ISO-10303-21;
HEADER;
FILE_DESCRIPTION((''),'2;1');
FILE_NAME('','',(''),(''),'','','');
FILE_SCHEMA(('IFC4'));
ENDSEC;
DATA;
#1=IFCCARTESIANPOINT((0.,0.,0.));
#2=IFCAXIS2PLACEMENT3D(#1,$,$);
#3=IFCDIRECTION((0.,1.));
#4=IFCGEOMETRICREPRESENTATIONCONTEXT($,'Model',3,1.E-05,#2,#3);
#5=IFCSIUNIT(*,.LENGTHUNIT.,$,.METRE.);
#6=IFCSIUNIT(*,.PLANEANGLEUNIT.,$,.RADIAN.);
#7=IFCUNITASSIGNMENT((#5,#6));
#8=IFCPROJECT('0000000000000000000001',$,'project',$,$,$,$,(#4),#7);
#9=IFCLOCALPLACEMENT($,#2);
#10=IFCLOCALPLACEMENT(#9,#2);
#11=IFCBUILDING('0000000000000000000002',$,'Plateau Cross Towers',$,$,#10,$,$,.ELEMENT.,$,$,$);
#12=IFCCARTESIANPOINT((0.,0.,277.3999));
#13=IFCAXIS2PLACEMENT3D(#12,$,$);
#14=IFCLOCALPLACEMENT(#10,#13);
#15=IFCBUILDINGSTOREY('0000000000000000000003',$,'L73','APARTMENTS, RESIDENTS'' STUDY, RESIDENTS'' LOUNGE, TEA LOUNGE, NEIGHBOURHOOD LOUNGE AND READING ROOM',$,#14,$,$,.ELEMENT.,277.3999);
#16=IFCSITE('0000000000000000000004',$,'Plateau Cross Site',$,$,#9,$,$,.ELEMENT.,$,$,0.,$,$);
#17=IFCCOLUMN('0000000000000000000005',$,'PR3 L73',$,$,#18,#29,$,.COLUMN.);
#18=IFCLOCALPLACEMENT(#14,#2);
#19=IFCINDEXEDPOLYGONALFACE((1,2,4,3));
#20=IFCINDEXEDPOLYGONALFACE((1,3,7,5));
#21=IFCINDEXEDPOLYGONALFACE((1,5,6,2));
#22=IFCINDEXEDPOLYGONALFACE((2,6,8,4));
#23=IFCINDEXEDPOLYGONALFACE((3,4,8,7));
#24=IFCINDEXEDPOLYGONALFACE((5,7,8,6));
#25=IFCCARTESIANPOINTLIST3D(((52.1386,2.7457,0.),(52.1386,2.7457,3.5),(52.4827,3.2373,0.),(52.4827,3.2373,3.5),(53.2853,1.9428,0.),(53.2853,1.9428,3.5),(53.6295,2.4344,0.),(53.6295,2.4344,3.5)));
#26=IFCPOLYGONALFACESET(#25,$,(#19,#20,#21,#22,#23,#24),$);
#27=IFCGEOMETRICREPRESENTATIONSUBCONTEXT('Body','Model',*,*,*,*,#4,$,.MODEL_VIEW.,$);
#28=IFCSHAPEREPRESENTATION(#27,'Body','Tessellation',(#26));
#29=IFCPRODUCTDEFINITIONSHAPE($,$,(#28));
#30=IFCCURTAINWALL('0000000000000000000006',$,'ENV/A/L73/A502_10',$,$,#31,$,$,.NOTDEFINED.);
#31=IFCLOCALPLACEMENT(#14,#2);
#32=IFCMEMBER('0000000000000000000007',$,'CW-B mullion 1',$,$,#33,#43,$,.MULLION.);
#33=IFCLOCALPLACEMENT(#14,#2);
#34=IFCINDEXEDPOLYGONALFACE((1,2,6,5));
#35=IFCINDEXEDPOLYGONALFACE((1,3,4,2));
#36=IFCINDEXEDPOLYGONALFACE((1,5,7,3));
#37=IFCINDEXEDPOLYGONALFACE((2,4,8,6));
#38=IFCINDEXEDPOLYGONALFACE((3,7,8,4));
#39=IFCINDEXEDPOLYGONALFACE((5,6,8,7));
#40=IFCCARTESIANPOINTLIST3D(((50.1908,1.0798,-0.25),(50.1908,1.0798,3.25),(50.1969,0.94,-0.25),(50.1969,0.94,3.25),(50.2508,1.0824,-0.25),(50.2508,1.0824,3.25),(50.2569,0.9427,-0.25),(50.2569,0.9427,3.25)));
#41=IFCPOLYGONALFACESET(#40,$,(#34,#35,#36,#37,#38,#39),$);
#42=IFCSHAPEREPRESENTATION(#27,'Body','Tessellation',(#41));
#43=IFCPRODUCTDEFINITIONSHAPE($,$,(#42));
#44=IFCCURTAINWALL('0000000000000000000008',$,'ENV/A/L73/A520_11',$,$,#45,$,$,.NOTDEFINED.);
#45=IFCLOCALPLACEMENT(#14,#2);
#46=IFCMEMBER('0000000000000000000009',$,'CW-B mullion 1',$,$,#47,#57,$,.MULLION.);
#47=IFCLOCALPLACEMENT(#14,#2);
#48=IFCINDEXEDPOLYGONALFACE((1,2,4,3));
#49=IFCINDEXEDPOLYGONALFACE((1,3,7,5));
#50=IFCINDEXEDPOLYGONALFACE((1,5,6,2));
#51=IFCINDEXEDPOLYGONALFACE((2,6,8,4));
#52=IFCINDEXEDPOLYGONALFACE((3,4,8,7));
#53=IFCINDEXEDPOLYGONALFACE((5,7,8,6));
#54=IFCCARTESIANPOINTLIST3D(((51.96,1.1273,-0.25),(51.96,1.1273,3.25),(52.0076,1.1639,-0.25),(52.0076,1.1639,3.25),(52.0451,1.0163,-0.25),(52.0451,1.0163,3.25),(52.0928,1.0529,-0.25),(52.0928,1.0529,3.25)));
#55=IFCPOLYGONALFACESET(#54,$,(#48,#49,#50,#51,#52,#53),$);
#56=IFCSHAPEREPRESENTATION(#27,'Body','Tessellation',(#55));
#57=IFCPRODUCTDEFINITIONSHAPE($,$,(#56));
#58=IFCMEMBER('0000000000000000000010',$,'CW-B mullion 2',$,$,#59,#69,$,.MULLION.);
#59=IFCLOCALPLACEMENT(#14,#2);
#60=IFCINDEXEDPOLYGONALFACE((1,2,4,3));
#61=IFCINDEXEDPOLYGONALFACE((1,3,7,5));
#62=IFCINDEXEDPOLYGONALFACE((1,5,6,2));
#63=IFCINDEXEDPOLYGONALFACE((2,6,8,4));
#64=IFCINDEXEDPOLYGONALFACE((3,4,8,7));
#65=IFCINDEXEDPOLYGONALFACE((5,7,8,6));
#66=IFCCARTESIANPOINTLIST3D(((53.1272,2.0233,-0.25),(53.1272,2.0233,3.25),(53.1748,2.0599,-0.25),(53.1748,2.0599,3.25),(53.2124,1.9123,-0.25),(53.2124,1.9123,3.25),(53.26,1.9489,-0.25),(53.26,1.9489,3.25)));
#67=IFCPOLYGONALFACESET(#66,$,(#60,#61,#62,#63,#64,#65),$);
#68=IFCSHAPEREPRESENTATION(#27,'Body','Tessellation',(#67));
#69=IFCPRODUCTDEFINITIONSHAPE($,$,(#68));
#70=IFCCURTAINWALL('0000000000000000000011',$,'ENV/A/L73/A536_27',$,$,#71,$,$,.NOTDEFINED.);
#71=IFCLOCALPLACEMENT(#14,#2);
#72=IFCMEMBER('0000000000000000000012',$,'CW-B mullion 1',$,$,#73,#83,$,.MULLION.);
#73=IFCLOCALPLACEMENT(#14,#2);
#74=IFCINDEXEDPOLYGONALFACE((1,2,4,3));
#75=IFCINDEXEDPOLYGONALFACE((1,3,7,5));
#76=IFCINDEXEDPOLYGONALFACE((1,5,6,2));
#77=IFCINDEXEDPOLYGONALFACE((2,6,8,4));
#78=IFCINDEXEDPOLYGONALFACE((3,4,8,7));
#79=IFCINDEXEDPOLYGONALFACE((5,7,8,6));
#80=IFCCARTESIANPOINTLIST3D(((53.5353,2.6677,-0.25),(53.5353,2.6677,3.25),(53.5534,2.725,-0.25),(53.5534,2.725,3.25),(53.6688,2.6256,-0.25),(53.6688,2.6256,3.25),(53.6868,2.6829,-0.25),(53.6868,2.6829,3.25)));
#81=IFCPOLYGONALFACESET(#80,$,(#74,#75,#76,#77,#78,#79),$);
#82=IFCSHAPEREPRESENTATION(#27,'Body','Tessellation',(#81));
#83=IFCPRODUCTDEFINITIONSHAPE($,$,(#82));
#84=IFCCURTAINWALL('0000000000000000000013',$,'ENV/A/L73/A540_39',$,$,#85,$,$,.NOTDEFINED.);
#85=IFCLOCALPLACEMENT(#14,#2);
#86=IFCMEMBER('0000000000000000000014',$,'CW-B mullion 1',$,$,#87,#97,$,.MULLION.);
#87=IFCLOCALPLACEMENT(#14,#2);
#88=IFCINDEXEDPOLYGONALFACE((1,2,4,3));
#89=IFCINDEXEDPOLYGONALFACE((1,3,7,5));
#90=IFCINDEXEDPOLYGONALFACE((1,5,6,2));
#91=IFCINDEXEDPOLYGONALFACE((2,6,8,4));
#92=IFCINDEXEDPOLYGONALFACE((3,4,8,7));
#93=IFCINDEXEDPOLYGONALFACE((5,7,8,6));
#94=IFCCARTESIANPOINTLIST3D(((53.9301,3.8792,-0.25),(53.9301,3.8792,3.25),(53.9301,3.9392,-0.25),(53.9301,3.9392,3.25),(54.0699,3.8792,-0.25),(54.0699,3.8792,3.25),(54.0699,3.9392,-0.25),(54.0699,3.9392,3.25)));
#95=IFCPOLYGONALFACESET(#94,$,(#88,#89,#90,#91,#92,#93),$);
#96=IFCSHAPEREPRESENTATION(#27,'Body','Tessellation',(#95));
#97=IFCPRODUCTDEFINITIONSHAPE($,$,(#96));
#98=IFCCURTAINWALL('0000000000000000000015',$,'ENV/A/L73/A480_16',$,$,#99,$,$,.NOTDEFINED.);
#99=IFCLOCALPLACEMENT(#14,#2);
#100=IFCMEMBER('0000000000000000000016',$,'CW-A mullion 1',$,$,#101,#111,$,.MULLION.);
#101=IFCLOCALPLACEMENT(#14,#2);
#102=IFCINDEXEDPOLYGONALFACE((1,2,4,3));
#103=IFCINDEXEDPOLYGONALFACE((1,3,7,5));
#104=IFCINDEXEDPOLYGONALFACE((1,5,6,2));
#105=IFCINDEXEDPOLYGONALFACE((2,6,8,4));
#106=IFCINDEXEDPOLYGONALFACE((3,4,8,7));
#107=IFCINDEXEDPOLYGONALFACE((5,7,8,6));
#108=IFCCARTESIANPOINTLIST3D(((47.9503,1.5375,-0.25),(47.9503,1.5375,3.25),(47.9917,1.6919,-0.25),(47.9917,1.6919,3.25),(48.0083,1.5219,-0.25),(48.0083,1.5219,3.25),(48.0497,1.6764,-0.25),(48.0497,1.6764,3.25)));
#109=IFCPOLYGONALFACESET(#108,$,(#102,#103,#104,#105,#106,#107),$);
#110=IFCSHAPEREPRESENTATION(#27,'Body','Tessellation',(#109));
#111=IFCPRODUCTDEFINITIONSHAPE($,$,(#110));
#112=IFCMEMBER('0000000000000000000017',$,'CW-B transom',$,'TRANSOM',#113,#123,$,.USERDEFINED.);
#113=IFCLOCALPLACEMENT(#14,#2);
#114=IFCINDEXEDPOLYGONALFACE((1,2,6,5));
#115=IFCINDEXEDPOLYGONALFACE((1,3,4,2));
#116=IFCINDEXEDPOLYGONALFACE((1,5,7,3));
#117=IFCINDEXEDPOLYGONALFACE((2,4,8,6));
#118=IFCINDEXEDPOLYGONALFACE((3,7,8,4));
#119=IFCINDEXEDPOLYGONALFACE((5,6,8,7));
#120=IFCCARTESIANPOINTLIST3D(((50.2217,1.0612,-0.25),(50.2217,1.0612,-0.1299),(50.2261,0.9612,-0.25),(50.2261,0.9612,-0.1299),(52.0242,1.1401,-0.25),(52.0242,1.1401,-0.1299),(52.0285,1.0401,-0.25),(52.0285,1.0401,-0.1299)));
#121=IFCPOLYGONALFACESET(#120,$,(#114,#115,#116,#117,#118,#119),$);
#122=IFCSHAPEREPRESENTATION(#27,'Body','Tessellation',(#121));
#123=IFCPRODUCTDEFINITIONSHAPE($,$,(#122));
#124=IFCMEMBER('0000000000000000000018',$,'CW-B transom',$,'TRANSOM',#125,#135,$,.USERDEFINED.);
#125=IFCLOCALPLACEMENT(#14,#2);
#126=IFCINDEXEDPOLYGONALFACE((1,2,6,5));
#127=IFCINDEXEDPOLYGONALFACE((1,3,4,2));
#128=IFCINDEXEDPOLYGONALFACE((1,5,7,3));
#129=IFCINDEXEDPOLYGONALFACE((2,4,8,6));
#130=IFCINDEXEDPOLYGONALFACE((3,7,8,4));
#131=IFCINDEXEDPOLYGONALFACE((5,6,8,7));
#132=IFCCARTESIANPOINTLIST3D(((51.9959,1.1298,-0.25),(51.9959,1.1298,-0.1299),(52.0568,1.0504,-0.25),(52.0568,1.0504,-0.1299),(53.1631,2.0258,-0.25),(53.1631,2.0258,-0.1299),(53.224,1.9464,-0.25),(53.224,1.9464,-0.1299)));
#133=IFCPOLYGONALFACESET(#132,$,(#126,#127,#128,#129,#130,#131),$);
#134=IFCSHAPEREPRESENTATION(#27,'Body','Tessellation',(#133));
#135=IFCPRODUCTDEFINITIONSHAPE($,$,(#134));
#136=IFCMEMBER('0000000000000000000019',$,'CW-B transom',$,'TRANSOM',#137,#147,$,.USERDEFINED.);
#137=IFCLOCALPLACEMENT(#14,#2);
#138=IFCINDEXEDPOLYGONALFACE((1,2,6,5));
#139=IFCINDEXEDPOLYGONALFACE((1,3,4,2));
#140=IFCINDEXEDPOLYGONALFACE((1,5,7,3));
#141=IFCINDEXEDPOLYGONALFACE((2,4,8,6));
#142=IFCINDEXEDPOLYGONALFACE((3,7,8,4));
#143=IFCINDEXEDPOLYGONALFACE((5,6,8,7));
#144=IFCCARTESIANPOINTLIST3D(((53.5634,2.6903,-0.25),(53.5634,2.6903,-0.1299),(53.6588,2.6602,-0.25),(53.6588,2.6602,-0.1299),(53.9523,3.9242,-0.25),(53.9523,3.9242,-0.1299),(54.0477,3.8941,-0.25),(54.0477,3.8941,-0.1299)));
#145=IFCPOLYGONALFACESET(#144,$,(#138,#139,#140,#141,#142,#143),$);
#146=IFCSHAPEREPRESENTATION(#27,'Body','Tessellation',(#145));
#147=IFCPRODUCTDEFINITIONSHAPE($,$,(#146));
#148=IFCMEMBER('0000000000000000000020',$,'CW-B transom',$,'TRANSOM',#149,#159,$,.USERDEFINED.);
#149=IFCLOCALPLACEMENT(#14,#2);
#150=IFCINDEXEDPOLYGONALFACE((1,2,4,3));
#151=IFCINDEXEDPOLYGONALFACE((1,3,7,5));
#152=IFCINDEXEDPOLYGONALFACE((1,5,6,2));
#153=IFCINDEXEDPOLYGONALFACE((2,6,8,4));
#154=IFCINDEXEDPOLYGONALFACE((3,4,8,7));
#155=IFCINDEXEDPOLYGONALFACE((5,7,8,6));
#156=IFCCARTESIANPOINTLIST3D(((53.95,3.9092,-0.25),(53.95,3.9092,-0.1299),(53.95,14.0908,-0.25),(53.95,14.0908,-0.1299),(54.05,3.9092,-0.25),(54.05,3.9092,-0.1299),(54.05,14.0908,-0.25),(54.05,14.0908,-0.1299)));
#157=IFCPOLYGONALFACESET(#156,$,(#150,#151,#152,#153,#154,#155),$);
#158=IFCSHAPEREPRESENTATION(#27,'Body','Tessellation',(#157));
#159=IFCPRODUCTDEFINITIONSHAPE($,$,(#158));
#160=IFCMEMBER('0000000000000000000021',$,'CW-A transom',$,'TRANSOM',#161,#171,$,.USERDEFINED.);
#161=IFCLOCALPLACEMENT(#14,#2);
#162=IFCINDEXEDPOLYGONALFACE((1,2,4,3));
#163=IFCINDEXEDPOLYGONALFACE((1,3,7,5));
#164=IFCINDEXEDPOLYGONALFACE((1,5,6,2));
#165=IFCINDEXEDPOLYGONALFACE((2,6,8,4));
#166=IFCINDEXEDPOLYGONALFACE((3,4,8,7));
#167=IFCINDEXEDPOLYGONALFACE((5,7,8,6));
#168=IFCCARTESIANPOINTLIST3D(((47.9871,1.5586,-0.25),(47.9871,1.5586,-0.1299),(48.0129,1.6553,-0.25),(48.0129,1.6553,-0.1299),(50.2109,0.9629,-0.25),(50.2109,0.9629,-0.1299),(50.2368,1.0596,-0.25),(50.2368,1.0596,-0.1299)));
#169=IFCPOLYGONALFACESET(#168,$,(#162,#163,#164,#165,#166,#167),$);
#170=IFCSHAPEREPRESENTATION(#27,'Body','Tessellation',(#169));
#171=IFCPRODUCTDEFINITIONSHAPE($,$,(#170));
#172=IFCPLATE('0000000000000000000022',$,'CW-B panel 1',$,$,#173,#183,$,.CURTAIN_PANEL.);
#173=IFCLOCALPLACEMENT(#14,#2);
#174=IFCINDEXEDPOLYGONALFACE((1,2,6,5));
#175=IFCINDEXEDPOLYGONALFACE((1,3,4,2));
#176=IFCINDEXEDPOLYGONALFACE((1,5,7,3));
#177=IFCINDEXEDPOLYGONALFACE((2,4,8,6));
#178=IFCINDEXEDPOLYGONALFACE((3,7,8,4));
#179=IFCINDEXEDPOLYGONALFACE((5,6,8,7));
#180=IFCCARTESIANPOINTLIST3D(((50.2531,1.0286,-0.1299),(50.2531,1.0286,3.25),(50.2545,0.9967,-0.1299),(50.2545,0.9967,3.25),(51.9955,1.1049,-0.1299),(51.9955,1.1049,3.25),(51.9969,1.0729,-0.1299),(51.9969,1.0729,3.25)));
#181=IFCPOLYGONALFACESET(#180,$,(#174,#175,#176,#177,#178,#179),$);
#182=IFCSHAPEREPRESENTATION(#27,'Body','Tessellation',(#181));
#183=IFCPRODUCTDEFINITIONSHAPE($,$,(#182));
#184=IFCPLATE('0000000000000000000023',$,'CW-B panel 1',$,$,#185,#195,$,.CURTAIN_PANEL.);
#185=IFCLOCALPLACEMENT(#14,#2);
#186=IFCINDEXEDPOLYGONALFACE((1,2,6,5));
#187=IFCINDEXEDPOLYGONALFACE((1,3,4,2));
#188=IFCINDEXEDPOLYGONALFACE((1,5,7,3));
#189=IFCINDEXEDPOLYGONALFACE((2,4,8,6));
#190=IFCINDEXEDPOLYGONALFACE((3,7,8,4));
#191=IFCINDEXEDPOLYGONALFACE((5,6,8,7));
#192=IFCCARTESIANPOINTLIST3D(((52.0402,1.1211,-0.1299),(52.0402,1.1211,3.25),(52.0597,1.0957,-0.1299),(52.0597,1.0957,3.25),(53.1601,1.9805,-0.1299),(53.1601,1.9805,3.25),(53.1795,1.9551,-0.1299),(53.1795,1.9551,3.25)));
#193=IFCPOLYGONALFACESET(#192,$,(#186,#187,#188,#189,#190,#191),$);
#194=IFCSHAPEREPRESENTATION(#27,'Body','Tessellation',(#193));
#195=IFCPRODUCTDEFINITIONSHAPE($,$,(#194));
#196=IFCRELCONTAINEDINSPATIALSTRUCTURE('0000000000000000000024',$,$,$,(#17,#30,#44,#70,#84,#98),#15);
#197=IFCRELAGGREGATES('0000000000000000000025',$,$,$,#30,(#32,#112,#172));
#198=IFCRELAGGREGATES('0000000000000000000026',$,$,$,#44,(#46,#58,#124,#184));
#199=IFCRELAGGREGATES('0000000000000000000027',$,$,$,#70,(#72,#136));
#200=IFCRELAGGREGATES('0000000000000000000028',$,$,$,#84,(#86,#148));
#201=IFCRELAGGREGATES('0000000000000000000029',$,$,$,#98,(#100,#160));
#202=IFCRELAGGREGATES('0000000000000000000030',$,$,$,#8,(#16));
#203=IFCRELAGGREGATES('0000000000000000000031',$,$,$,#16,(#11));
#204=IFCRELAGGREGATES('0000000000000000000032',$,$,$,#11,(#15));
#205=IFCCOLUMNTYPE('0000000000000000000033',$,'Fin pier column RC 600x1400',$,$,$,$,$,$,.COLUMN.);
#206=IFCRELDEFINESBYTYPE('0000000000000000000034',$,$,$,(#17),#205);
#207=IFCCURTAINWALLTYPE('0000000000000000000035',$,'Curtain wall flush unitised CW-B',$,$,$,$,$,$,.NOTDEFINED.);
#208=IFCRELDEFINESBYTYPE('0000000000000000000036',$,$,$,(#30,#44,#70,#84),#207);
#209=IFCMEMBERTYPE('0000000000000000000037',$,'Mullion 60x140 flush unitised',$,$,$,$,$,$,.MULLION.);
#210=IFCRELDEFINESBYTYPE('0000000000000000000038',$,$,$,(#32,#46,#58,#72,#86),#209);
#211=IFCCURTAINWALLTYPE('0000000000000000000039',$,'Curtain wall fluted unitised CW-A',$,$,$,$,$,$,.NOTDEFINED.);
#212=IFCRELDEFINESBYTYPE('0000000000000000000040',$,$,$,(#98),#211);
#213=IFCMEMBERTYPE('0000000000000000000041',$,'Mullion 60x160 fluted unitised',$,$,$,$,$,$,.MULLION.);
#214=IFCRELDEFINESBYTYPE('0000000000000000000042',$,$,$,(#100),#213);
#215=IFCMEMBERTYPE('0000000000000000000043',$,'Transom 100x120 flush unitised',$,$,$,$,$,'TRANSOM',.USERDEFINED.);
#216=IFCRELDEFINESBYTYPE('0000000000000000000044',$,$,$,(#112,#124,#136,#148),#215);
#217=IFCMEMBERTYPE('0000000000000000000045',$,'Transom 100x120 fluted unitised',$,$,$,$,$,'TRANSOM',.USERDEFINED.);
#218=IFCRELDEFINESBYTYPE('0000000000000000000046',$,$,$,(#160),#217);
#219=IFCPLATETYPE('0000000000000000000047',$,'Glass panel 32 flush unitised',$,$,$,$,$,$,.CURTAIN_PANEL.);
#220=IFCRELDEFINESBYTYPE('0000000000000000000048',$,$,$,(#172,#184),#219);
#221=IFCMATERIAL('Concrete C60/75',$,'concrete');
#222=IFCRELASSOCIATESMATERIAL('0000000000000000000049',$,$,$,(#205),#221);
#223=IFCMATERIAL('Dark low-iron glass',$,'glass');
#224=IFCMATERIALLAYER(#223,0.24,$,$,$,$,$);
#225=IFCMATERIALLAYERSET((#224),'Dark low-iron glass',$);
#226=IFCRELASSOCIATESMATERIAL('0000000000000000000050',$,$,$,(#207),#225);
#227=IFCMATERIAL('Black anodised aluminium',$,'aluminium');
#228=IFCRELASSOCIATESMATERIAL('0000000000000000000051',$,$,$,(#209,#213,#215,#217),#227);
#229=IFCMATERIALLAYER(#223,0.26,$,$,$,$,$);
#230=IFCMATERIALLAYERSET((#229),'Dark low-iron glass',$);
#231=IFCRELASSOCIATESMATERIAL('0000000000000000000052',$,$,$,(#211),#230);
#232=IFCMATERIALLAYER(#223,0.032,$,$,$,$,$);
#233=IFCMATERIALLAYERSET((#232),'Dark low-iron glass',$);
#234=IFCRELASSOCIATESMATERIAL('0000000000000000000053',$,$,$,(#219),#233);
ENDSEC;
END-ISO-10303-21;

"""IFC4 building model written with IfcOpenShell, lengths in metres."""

from ifc_helpers import new_model, si_unit, direction, frame, origin, origin_2d, place, context, subcontext, project, spatial, rectangle, extrude, material, layer, layer_set, material_profile, profile_set, type_object, element, aggregate, save


model = new_model("IFC4")

# Units and contexts
model_context = context("Model", 3, precision=1e-05, world=origin(), true_north=direction((0.0, 1.0)))
body_context = subcontext(model_context, "Body", "Model", "MODEL_VIEW")
ifc_project = project(units=[si_unit("LENGTHUNIT", "METRE"), si_unit("PLANEANGLEUNIT", "RADIAN")], contexts=[model_context])

# Site, building, storey
site_placement = place(None, origin())
site = spatial("IfcSite", under=ifc_project, at=site_placement, Name="Plateau Cross Site", CompositionType="ELEMENT", RefElevation=0.0)
building_placement = place(site_placement, origin())
building = spatial("IfcBuilding", under=site, at=building_placement, Name="Plateau Cross Towers", CompositionType="ELEMENT")
storey_placement = place(building_placement, frame((0.0, 0.0, 277.3999)))
storey = spatial("IfcBuildingStorey", under=building, at=storey_placement, Name="L73", Description="APARTMENTS, RESIDENTS' STUDY, RESIDENTS' LOUNGE, TEA LOUNGE, NEIGHBOURHOOD LOUNGE AND READING ROOM", CompositionType="ELEMENT", Elevation=277.3999)

# Column
ifc_material_1 = material(Name="Concrete C60/75", Category="concrete")
ifc_material_profile_1 = material_profile(ifc_material_1, rectangle(XDim=0.6001, YDim=1.3999, at=origin_2d()), Name="RC 600x1400")
ifc_profile_set_1 = profile_set([ifc_material_profile_1], Name="Concrete C60/75")
column_type = type_object("IfcColumnType", Name="Fin pier column RC 600x1400", PredefinedType="COLUMN", material=ifc_profile_set_1)
column_placement = place(storey_placement, frame((52.884, 2.5901, 0.0), z_axis=(0.0, 0.0, 1.0), x_axis=(0.573543, 0.819176, 0.0)))
element("IfcColumn", 1, at=column_placement, inside=storey, type_object=column_type, Name="PR3 L73", PredefinedType="COLUMN", context=body_context, shape_type="SweptSolid", body=[
    extrude(rectangle(XDim=0.6001, YDim=1.3999, at=origin_2d()), origin(), (0.0, 0.0, 1.0), 3.5),
])

# Curtain wall, member
ifc_material_2 = material(Name="Dark low-iron glass", Category="glass")
ifc_layer_1 = layer(ifc_material_2, 0.24)
ifc_layer_set_1 = layer_set([ifc_layer_1], Name="Dark low-iron glass")
curtain_wall_type_1 = type_object("IfcCurtainWallType", Name="Curtain wall flush unitised CW-B", PredefinedType="NOTDEFINED", material=ifc_layer_set_1)
curtain_wall_1_placement = place(storey_placement, origin())
curtain_wall_1 = element("IfcCurtainWall", 2, at=curtain_wall_1_placement, inside=storey, type_object=curtain_wall_type_1, Name="ENV/A/L73/A502_10", PredefinedType="NOTDEFINED")
ifc_material_3 = material(Name="Black anodised aluminium", Category="aluminium")
ifc_material_profile_2 = material_profile(ifc_material_3, rectangle(XDim=0.0601, YDim=0.1399, at=origin_2d()), Name="MULLION 60x140")
ifc_profile_set_2 = profile_set([ifc_material_profile_2], Name="Black anodised aluminium")
member_type_1 = type_object("IfcMemberType", Name="Mullion 60x140 flush unitised", PredefinedType="MULLION", material=ifc_profile_set_2)
member_1_placement = place(storey_placement, frame((50.2239, 1.0112, -0.25), z_axis=(0.0, 0.0, 1.0), x_axis=(0.999044, 0.043723, 0.0)))
member_1 = element("IfcMember", 3, at=member_1_placement, type_object=member_type_1, Name="CW-B mullion 1", PredefinedType="MULLION", context=body_context, shape_type="SweptSolid", body=[
    extrude(rectangle(XDim=0.0601, YDim=0.1399, at=origin_2d()), origin(), (0.0, 0.0, 1.0), 3.5),
])

# Curtain wall, members
curtain_wall_2_placement = place(storey_placement, origin())
curtain_wall_2 = element("IfcCurtainWall", 4, at=curtain_wall_2_placement, inside=storey, type_object=curtain_wall_type_1, Name="ENV/A/L73/A520_11", PredefinedType="NOTDEFINED")
member_2_placement = place(storey_placement, frame((52.0264, 1.0901, -0.25), z_axis=(0.0, 0.0, 1.0), x_axis=(0.793316, 0.608811, 0.0)))
member_2 = element("IfcMember", 5, at=member_2_placement, type_object=member_type_1, Name="CW-B mullion 1", PredefinedType="MULLION", context=body_context, shape_type="SweptSolid", body=[
    extrude(rectangle(XDim=0.0601, YDim=0.1399, at=origin_2d()), origin(), (0.0, 0.0, 1.0), 3.5),
])
member_3_placement = place(storey_placement, frame((53.1936, 1.9861, -0.25), z_axis=(0.0, 0.0, 1.0), x_axis=(0.793316, 0.608811, 0.0)))
member_3 = element("IfcMember", 6, at=member_3_placement, type_object=member_type_1, Name="CW-B mullion 2", PredefinedType="MULLION", context=body_context, shape_type="SweptSolid", body=[
    extrude(rectangle(XDim=0.0601, YDim=0.1399, at=origin_2d()), origin(), (0.0, 0.0, 1.0), 3.5),
])

# Curtain walls, members
curtain_wall_3_placement = place(storey_placement, origin())
curtain_wall_3 = element("IfcCurtainWall", 7, at=curtain_wall_3_placement, inside=storey, type_object=curtain_wall_type_1, Name="ENV/A/L73/A536_27", PredefinedType="NOTDEFINED")
member_4_placement = place(storey_placement, frame((53.6111, 2.6753, -0.25), z_axis=(0.0, 0.0, 1.0), x_axis=(0.300686, 0.953723, 0.0)))
member_4 = element("IfcMember", 8, at=member_4_placement, type_object=member_type_1, Name="CW-B mullion 1", PredefinedType="MULLION", context=body_context, shape_type="SweptSolid", body=[
    extrude(rectangle(XDim=0.0601, YDim=0.1399, at=origin_2d()), origin(), (0.0, 0.0, 1.0), 3.5),
])
curtain_wall_4_placement = place(storey_placement, origin())
curtain_wall_4 = element("IfcCurtainWall", 9, at=curtain_wall_4_placement, inside=storey, type_object=curtain_wall_type_1, Name="ENV/A/L73/A540_39", PredefinedType="NOTDEFINED")
member_5_placement = place(storey_placement, frame((54.0, 3.9092, -0.25), z_axis=(0.0, 0.0, 1.0), x_axis=(0.0, 1.0, 0.0)))
member_5 = element("IfcMember", 10, at=member_5_placement, type_object=member_type_1, Name="CW-B mullion 1", PredefinedType="MULLION", context=body_context, shape_type="SweptSolid", body=[
    extrude(rectangle(XDim=0.0601, YDim=0.1399, at=origin_2d()), origin(), (0.0, 0.0, 1.0), 3.5),
])
ifc_layer_2 = layer(ifc_material_2, 0.26)
ifc_layer_set_2 = layer_set([ifc_layer_2], Name="Dark low-iron glass")
curtain_wall_type_2 = type_object("IfcCurtainWallType", Name="Curtain wall fluted unitised CW-A", PredefinedType="NOTDEFINED", material=ifc_layer_set_2)
curtain_wall_5_placement = place(storey_placement, origin())
curtain_wall_5 = element("IfcCurtainWall", 11, at=curtain_wall_5_placement, inside=storey, type_object=curtain_wall_type_2, Name="ENV/A/L73/A480_16", PredefinedType="NOTDEFINED")
ifc_material_profile_3 = material_profile(ifc_material_3, rectangle(XDim=0.0601, YDim=0.1599, at=origin_2d()), Name="MULLION 60x160")
ifc_profile_set_3 = profile_set([ifc_material_profile_3], Name="Black anodised aluminium")
member_type_2 = type_object("IfcMemberType", Name="Mullion 60x160 fluted unitised", PredefinedType="MULLION", material=ifc_profile_set_3)
member_6_placement = place(storey_placement, frame((48.0, 1.6069, -0.25), z_axis=(0.0, 0.0, 1.0), x_axis=(0.965958, -0.258699, 0.0)))
member_6 = element("IfcMember", 12, at=member_6_placement, type_object=member_type_2, Name="CW-A mullion 1", PredefinedType="MULLION", context=body_context, shape_type="SweptSolid", body=[
    extrude(rectangle(XDim=0.0601, YDim=0.1599, at=origin_2d()), origin(), (0.0, 0.0, 1.0), 3.5),
])

# Members
ifc_material_profile_4 = material_profile(ifc_material_3, rectangle(XDim=0.1001, YDim=0.1201, at=origin_2d()), Name="TRANSOM 100x120")
ifc_profile_set_4 = profile_set([ifc_material_profile_4], Name="Black anodised aluminium")
member_type_3 = type_object("IfcMemberType", Name="Transom 100x120 flush unitised", ElementType="TRANSOM", PredefinedType="USERDEFINED", material=ifc_profile_set_4)
member_7_placement = place(storey_placement, frame((50.2239, 1.0112, -0.1899), z_axis=(0.999044, 0.043707, 0.0), x_axis=(-0.043707, 0.999044, 0.0)))
member_7 = element("IfcMember", 13, at=member_7_placement, type_object=member_type_3, Name="CW-B transom", ObjectType="TRANSOM", PredefinedType="USERDEFINED", context=body_context, shape_type="SweptSolid", body=[
    extrude(rectangle(XDim=0.1001, YDim=0.1201, at=origin_2d()), origin(), (0.0, 0.0, 1.0), 1.8042),
])
member_8_placement = place(storey_placement, frame((52.0264, 1.0901, -0.1899), z_axis=(0.79324, 0.608909, 0.0), x_axis=(-0.608909, 0.79324, 0.0)))
member_8 = element("IfcMember", 14, at=member_8_placement, type_object=member_type_3, Name="CW-B transom", ObjectType="TRANSOM", PredefinedType="USERDEFINED", context=body_context, shape_type="SweptSolid", body=[
    extrude(rectangle(XDim=0.1001, YDim=0.1201, at=origin_2d()), origin(), (0.0, 0.0, 1.0), 1.4714),
])
member_9_placement = place(storey_placement, frame((53.6111, 2.6753, -0.1899), z_axis=(0.300617, 0.953745, 0.0), x_axis=(-0.953745, 0.300617, 0.0)))
member_9 = element("IfcMember", 15, at=member_9_placement, type_object=member_type_3, Name="CW-B transom", ObjectType="TRANSOM", PredefinedType="USERDEFINED", context=body_context, shape_type="SweptSolid", body=[
    extrude(rectangle(XDim=0.1001, YDim=0.1201, at=origin_2d()), origin(), (0.0, 0.0, 1.0), 1.2937),
])
member_10_placement = place(storey_placement, frame((54.0, 3.9092, -0.1899), z_axis=(0.0, 1.0, 0.0), x_axis=(-1.0, 0.0, 0.0)))
member_10 = element("IfcMember", 16, at=member_10_placement, type_object=member_type_3, Name="CW-B transom", ObjectType="TRANSOM", PredefinedType="USERDEFINED", context=body_context, shape_type="SweptSolid", body=[
    extrude(rectangle(XDim=0.1001, YDim=0.1201, at=origin_2d()), origin(), (0.0, 0.0, 1.0), 10.1816),
])
ifc_material_profile_5 = material_profile(ifc_material_3, rectangle(XDim=0.1001, YDim=0.1201, at=origin_2d()), Name="TRANSOM 100x120")
ifc_profile_set_5 = profile_set([ifc_material_profile_5], Name="Black anodised aluminium")
member_type_4 = type_object("IfcMemberType", Name="Transom 100x120 fluted unitised", ElementType="TRANSOM", PredefinedType="USERDEFINED", material=ifc_profile_set_5)
member_11_placement = place(storey_placement, frame((48.0, 1.6069, -0.1899), z_axis=(0.965946, -0.258745, 0.0), x_axis=(0.258745, 0.965946, 0.0)))
member_11 = element("IfcMember", 17, at=member_11_placement, type_object=member_type_4, Name="CW-A transom", ObjectType="TRANSOM", PredefinedType="USERDEFINED", context=body_context, shape_type="SweptSolid", body=[
    extrude(rectangle(XDim=0.1001, YDim=0.1201, at=origin_2d()), origin(), (0.0, 0.0, 1.0), 2.3022),
])

# Plates
ifc_layer_3 = layer(ifc_material_2, 0.032)
ifc_layer_set_3 = layer_set([ifc_layer_3], Name="Dark low-iron glass")
plate_type_1 = type_object("IfcPlateType", Name="Glass panel 32 flush unitised", PredefinedType="CURTAIN_PANEL", material=ifc_layer_set_3)
plate_1_placement = place(storey_placement, frame((51.125, 1.0508, -0.1299), z_axis=(0.0, 0.0, 1.0), x_axis=(0.999044, 0.043723, 0.0)))
plate_1 = element("IfcPlate", 18, at=plate_1_placement, type_object=plate_type_1, Name="CW-B panel 1", PredefinedType="CURTAIN_PANEL", context=body_context, shape_type="SweptSolid", body=[
    extrude(rectangle(XDim=1.7441, YDim=0.032, at=origin_2d()), origin(), (0.0, 0.0, 1.0), 3.3799),
])
aggregate(curtain_wall_1, [member_1, member_7, plate_1])
plate_2_placement = place(storey_placement, frame((52.6099, 1.5381, -0.1299), z_axis=(0.0, 0.0, 1.0), x_axis=(0.793316, 0.608811, 0.0)))
plate_2 = element("IfcPlate", 19, at=plate_2_placement, type_object=plate_type_1, Name="CW-B panel 1", PredefinedType="CURTAIN_PANEL", context=body_context, shape_type="SweptSolid", body=[
    extrude(rectangle(XDim=1.4116, YDim=0.032, at=origin_2d()), origin(), (0.0, 0.0, 1.0), 3.3799),
])
aggregate(curtain_wall_2, [member_2, member_3, member_8, plate_2])
aggregate(curtain_wall_3, [member_4, member_9])
aggregate(curtain_wall_4, [member_5, member_10])

aggregate(curtain_wall_5, [member_6, member_11])

save(model, "model.ifc")
